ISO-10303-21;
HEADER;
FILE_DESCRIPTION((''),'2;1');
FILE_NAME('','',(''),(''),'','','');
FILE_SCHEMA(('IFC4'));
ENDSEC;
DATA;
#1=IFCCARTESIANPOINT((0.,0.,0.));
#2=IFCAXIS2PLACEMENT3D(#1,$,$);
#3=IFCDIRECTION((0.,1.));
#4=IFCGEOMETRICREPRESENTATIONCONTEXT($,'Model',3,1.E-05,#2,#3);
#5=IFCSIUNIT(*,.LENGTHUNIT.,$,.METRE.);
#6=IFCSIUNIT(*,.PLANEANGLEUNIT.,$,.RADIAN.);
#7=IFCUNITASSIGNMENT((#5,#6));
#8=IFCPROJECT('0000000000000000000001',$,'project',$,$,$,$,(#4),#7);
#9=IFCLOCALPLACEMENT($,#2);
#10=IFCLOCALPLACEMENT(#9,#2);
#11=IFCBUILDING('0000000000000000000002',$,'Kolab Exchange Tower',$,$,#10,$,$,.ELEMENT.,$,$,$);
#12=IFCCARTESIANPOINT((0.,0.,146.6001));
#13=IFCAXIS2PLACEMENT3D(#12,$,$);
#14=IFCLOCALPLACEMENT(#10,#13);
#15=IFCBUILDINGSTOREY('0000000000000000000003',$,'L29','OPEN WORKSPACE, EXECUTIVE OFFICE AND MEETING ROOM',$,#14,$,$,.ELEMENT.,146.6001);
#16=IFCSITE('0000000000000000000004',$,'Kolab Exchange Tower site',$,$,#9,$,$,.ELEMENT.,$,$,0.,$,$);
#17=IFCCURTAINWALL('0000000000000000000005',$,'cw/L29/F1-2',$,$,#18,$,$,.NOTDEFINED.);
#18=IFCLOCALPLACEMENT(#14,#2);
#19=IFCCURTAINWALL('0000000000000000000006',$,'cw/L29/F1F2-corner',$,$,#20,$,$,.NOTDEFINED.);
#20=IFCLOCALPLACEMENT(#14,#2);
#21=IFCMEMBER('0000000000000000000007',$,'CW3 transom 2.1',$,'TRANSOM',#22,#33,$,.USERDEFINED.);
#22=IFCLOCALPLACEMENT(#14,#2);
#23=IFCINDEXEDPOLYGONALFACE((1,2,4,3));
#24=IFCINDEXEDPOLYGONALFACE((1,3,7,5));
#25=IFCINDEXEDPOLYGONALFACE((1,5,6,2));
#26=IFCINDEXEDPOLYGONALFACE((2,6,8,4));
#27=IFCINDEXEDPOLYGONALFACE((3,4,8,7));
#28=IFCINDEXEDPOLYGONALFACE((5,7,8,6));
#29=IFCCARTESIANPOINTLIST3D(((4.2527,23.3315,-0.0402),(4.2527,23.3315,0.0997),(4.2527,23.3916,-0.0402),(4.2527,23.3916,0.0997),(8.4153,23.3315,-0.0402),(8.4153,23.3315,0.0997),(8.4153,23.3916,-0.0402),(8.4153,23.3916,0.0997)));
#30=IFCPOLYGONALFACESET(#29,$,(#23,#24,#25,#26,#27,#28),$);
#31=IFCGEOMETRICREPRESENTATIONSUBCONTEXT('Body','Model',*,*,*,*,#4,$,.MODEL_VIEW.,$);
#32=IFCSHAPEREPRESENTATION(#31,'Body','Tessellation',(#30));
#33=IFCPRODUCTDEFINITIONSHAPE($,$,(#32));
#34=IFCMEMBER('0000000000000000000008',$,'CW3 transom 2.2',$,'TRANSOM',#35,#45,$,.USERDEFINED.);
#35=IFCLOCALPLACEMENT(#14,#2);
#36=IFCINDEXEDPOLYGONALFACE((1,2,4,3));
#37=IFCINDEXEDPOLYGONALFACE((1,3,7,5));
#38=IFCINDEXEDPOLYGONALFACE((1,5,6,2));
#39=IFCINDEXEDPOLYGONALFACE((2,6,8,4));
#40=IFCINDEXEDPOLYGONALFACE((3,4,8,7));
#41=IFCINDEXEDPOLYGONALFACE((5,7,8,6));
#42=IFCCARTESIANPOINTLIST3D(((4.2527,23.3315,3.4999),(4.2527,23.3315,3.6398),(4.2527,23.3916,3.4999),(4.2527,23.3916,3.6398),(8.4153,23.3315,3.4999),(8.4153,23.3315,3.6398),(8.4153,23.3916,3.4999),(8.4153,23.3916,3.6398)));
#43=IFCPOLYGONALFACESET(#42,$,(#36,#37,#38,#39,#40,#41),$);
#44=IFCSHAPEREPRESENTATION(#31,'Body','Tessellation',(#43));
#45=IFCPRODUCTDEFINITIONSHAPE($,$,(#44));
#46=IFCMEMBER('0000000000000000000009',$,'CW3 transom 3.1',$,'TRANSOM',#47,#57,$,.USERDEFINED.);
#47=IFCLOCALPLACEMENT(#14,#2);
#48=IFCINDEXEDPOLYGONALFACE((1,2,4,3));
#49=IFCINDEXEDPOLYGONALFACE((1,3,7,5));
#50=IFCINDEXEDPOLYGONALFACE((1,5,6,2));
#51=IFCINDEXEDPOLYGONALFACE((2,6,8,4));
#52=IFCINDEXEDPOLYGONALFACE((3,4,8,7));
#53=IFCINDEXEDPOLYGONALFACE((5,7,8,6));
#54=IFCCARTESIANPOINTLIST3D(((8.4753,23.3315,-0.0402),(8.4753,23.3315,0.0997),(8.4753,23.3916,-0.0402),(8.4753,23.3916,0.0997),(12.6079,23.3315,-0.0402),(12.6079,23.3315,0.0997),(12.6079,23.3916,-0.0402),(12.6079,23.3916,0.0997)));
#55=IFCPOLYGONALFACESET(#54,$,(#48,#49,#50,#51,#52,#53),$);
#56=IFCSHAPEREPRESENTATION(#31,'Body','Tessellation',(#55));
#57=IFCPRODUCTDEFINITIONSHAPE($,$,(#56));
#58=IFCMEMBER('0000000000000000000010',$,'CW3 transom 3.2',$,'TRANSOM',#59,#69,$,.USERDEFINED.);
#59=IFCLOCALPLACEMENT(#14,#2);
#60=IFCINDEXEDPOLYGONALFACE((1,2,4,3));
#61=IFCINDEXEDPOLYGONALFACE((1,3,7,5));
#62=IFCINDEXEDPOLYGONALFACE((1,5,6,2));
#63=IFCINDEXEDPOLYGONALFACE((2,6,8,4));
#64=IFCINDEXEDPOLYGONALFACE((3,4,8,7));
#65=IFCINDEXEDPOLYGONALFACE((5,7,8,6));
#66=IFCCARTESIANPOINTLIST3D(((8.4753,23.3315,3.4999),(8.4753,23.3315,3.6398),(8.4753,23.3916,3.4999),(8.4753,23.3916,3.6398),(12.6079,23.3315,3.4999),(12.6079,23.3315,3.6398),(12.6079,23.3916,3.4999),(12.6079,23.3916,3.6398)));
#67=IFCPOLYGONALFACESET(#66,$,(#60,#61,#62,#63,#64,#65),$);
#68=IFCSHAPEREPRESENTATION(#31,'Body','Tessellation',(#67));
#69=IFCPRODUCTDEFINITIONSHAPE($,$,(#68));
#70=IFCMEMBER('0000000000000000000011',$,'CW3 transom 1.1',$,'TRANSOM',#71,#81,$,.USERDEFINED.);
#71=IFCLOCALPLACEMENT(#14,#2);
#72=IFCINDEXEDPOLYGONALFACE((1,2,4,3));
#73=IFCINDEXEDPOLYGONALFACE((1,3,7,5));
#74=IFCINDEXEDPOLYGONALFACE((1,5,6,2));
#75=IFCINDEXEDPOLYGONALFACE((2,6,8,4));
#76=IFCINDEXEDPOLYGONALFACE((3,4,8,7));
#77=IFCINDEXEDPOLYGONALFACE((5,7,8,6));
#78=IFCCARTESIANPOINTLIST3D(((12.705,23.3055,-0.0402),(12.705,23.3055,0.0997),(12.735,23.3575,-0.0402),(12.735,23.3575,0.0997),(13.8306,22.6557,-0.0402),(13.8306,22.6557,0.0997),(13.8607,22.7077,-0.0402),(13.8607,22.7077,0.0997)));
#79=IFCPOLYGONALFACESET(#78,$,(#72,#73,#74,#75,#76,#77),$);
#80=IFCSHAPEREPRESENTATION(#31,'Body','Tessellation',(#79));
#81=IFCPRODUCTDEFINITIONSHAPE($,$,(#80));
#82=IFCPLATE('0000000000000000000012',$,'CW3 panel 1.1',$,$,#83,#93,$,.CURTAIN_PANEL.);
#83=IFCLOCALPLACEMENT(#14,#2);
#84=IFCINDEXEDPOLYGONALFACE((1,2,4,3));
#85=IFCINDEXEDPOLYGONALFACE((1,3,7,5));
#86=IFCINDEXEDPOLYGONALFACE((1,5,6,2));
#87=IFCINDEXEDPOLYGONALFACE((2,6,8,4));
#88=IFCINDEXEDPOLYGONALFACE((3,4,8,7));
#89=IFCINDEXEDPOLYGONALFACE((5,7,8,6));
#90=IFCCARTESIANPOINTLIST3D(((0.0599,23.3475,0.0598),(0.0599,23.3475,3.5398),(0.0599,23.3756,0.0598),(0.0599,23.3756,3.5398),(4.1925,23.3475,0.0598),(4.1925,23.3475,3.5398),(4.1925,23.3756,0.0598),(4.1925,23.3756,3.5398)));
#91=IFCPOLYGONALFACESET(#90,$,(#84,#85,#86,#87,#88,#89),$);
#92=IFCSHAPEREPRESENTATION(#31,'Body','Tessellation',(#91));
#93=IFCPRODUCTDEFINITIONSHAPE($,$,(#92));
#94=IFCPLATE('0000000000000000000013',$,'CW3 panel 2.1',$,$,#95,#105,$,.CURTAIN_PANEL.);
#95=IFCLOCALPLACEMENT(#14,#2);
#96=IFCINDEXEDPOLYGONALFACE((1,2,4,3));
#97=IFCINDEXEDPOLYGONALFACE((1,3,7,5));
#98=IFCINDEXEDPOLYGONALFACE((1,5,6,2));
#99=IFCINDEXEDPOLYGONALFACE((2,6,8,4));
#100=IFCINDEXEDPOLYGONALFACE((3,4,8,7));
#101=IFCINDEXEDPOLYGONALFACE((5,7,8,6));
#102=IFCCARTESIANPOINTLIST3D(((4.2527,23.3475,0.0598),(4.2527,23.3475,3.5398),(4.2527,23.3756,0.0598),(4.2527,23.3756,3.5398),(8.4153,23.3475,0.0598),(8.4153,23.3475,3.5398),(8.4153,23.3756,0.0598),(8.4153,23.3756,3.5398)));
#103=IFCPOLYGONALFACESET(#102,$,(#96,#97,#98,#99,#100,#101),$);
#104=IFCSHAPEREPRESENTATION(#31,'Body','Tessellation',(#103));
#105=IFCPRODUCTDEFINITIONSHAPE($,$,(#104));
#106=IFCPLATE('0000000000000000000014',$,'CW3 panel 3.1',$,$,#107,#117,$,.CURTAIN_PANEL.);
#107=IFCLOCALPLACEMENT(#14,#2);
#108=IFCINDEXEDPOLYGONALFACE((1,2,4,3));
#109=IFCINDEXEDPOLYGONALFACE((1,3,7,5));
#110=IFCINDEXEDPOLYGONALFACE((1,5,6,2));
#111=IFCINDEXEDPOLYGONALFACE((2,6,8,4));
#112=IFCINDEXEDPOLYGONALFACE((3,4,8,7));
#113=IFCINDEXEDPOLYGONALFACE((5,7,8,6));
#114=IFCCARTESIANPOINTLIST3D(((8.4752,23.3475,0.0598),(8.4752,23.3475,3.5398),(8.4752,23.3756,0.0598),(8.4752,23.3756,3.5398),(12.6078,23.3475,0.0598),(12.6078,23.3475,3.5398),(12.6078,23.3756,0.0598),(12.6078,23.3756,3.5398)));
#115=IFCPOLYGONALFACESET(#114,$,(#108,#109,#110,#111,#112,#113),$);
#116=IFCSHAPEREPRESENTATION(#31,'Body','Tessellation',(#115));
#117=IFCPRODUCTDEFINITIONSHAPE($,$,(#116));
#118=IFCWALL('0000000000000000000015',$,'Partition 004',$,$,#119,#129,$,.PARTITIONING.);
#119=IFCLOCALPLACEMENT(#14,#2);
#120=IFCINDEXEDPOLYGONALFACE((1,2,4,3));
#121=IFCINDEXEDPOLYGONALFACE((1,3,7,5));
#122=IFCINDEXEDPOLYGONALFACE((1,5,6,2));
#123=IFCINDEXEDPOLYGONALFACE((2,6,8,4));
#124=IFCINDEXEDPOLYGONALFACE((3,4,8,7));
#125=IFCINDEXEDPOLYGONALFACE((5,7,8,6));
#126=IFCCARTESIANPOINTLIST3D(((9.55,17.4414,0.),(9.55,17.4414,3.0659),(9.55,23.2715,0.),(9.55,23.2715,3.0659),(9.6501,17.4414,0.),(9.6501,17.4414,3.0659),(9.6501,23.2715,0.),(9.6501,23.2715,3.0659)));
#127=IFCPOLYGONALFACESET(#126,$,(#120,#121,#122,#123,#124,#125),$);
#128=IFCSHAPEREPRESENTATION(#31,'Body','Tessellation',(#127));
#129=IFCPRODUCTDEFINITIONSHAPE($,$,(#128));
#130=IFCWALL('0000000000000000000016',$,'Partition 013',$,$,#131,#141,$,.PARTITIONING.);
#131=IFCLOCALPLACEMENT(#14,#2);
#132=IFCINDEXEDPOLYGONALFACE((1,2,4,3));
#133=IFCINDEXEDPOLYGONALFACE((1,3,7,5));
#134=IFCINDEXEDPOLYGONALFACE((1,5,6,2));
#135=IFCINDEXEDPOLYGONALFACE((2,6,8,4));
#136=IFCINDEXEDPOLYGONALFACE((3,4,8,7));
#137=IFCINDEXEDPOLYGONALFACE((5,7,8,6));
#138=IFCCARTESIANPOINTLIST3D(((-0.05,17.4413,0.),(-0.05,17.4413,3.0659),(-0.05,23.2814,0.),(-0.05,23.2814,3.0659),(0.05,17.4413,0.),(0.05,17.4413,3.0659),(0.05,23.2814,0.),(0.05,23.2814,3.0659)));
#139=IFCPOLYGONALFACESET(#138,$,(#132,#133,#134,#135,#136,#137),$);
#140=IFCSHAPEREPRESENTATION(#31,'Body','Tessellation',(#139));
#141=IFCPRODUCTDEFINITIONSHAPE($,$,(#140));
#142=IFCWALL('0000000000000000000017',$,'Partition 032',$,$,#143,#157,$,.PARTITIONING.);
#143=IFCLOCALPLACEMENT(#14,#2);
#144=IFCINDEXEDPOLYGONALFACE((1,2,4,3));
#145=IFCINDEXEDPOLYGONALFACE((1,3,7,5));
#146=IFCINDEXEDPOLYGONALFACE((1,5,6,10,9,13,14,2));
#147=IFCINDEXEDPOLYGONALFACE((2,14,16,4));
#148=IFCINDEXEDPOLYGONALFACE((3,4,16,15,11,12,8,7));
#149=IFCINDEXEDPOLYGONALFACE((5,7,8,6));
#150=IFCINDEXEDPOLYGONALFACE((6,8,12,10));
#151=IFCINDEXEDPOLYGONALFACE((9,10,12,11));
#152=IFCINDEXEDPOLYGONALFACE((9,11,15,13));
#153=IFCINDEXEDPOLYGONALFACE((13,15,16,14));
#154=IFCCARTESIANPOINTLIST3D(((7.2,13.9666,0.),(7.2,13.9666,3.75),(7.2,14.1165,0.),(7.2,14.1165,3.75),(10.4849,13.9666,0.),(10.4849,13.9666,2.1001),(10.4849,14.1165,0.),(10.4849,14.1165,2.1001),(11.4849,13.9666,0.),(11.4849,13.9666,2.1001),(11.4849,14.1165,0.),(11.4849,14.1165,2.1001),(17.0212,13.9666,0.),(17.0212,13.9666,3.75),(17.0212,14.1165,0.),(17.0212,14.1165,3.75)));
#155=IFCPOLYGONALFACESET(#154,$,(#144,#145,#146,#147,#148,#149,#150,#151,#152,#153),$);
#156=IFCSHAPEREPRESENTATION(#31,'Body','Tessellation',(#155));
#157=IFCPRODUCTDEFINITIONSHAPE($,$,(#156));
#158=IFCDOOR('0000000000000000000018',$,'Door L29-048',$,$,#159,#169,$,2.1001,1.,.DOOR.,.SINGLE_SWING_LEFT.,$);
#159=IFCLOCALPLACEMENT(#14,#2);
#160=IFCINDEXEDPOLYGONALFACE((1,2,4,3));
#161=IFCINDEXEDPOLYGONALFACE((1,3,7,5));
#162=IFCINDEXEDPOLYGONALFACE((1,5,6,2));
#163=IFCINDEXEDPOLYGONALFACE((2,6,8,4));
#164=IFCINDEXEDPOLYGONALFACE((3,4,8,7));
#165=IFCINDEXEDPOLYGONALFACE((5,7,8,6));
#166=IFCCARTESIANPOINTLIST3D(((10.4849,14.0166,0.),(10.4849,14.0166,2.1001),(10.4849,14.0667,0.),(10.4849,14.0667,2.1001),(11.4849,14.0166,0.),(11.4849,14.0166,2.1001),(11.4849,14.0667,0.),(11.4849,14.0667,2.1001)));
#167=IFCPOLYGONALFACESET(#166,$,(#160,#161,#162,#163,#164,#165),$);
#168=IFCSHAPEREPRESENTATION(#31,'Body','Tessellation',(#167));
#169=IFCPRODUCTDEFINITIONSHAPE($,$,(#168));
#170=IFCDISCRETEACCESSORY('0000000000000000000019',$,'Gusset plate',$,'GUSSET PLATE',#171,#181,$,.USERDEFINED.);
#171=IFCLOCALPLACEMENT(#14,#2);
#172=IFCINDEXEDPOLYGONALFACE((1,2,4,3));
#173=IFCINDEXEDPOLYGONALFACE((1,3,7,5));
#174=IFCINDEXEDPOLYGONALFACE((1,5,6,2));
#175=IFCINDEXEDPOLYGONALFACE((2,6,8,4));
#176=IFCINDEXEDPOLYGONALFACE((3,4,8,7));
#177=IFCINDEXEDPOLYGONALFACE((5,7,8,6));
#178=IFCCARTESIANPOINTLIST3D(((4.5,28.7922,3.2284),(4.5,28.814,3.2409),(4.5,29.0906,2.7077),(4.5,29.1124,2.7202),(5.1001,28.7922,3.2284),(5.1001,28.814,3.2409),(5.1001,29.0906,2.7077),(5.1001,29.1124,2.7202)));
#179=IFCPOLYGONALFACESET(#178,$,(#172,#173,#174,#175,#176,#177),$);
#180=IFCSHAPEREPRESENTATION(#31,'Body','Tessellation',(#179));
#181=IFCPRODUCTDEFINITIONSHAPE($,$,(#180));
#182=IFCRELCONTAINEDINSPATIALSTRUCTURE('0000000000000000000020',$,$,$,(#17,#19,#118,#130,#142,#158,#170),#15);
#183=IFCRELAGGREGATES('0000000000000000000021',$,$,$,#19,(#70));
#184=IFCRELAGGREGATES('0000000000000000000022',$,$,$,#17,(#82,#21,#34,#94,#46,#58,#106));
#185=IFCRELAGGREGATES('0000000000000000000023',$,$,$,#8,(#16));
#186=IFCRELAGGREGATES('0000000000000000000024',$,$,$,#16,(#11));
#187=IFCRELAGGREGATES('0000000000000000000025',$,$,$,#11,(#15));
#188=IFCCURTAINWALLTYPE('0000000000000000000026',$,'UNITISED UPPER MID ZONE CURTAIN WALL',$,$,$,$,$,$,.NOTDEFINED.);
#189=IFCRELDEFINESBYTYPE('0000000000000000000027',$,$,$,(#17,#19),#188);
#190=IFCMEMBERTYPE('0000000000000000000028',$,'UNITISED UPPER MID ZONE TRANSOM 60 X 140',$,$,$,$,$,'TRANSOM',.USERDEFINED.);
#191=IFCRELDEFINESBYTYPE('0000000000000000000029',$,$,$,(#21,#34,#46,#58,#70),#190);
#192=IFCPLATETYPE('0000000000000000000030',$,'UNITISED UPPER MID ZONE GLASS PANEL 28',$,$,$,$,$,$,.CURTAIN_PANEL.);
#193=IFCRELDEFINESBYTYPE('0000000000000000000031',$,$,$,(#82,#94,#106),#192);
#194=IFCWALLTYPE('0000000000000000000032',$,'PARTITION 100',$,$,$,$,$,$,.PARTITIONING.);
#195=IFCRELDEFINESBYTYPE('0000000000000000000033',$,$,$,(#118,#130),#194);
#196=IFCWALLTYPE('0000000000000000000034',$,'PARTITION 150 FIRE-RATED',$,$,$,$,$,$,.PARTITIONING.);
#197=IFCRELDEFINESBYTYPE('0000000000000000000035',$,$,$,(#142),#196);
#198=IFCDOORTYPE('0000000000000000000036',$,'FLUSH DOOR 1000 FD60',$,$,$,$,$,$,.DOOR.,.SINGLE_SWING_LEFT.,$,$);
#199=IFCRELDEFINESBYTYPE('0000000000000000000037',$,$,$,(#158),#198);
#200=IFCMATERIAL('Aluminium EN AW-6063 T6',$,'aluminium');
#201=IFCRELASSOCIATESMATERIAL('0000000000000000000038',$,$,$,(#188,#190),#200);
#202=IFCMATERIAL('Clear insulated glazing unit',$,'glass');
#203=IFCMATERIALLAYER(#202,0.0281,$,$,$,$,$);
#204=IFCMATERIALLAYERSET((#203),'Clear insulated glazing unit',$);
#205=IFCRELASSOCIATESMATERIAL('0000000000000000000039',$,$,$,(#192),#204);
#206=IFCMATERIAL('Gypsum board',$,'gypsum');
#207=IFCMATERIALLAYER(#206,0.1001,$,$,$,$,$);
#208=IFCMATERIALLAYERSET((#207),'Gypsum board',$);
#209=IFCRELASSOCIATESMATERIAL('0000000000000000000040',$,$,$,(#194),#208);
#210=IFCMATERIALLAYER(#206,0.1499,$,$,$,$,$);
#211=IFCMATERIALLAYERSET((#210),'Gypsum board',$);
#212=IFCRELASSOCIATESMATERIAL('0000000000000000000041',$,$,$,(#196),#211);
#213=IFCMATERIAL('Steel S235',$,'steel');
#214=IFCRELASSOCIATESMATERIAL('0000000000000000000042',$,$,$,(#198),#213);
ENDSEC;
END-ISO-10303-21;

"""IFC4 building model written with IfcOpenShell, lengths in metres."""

from ifc_helpers import new_model, si_unit, direction, frame, frame_2d, origin, origin_2d, place, context, subcontext, project, spatial, rectangle, extrude, material, layer, layer_set, material_profile, profile_set, type_object, element, fill, aggregate, save


model = new_model("IFC4")

# Units and contexts
model_context = context("Model", 3, precision=1e-05, world=origin(), true_north=direction((0.0, 1.0)))
body_context = subcontext(model_context, "Body", "Model", "MODEL_VIEW")
ifc_project = project(units=[si_unit("LENGTHUNIT", "METRE"), si_unit("PLANEANGLEUNIT", "RADIAN")], contexts=[model_context])

# Site, building, storey
site_placement = place(None, origin())
site = spatial("IfcSite", under=ifc_project, at=site_placement, Name="Kolab Exchange Tower site", CompositionType="ELEMENT", RefElevation=0.0)
building_placement = place(site_placement, origin())
building = spatial("IfcBuilding", under=site, at=building_placement, Name="Kolab Exchange Tower", CompositionType="ELEMENT")
storey_placement = place(building_placement, frame((0.0, 0.0, 146.6001)))
storey = spatial("IfcBuildingStorey", under=building, at=storey_placement, Name="L29", Description="OPEN WORKSPACE, EXECUTIVE OFFICE AND MEETING ROOM", CompositionType="ELEMENT", Elevation=146.6001)

# Curtain wall
ifc_material_1 = material(Name="Aluminium EN AW-6063 T6", Category="aluminium")
curtain_wall_type = type_object("IfcCurtainWallType", Name="UNITISED UPPER MID ZONE CURTAIN WALL", PredefinedType="NOTDEFINED", material=ifc_material_1)
curtain_wall_1_placement = place(storey_placement, origin())
curtain_wall_1 = element("IfcCurtainWall", 1, at=curtain_wall_1_placement, inside=storey, type_object=curtain_wall_type, Name="cw/L29/F1-2", PredefinedType="NOTDEFINED")

# Curtain wall
curtain_wall_2_placement = place(storey_placement, origin())
curtain_wall_2 = element("IfcCurtainWall", 2, at=curtain_wall_2_placement, inside=storey, type_object=curtain_wall_type, Name="cw/L29/F1F2-corner", PredefinedType="NOTDEFINED")

# Members
ifc_material_profile_1 = material_profile(ifc_material_1, rectangle(XDim=0.0601, YDim=0.1399, at=origin_2d()), Name="RECT 60X140")
ifc_profile_set_1 = profile_set([ifc_material_profile_1], Name="Aluminium EN AW-6063 T6")
member_type_1 = type_object("IfcMemberType", Name="UNITISED UPPER MID ZONE TRANSOM 60 X 140", ElementType="TRANSOM", PredefinedType="USERDEFINED", material=ifc_profile_set_1)
member_1_placement = place(storey_placement, frame((4.2527, 23.3616, 0.0298), z_axis=(1.0, 0.0, 0.0), x_axis=(0.0, 1.0, 0.0)))
member_1 = element("IfcMember", 3, at=member_1_placement, type_object=member_type_1, Name="CW3 transom 2.1", ObjectType="TRANSOM", PredefinedType="USERDEFINED", context=body_context, shape_type="SweptSolid", body=[
    extrude(rectangle(XDim=0.0601, YDim=0.1399, at=origin_2d()), origin(), (0.0, 0.0, 1.0), 4.1626),
])
member_2_placement = place(storey_placement, frame((4.2527, 23.3616, 3.5698), z_axis=(1.0, 0.0, 0.0), x_axis=(0.0, 1.0, 0.0)))
member_2 = element("IfcMember", 4, at=member_2_placement, type_object=member_type_1, Name="CW3 transom 2.2", ObjectType="TRANSOM", PredefinedType="USERDEFINED", context=body_context, shape_type="SweptSolid", body=[
    extrude(rectangle(XDim=0.0601, YDim=0.1399, at=origin_2d()), origin(), (0.0, 0.0, 1.0), 4.1626),
])
member_3_placement = place(storey_placement, frame((8.4753, 23.3616, 0.0298), z_axis=(1.0, 0.0, 0.0), x_axis=(0.0, 1.0, 0.0)))
member_3 = element("IfcMember", 5, at=member_3_placement, type_object=member_type_1, Name="CW3 transom 3.1", ObjectType="TRANSOM", PredefinedType="USERDEFINED", context=body_context, shape_type="SweptSolid", body=[
    extrude(rectangle(XDim=0.0601, YDim=0.1399, at=origin_2d()), origin(), (0.0, 0.0, 1.0), 4.1326),
])
member_4_placement = place(storey_placement, frame((8.4753, 23.3616, 3.5698), z_axis=(1.0, 0.0, 0.0), x_axis=(0.0, 1.0, 0.0)))
member_4 = element("IfcMember", 6, at=member_4_placement, type_object=member_type_1, Name="CW3 transom 3.2", ObjectType="TRANSOM", PredefinedType="USERDEFINED", context=body_context, shape_type="SweptSolid", body=[
    extrude(rectangle(XDim=0.0601, YDim=0.1399, at=origin_2d()), origin(), (0.0, 0.0, 1.0), 4.1326),
])
member_5_placement = place(storey_placement, frame((12.72, 23.3315, 0.0298), z_axis=(0.866039, -0.499977, 0.0), x_axis=(0.499977, 0.866039, 0.0)))
member_5 = element("IfcMember", 7, at=member_5_placement, type_object=member_type_1, Name="CW3 transom 1.1", ObjectType="TRANSOM", PredefinedType="USERDEFINED", context=body_context, shape_type="SweptSolid", body=[
    extrude(rectangle(XDim=0.0601, YDim=0.1399, at=origin_2d()), origin(), (0.0, 0.0, 1.0), 1.2998),
])
aggregate(curtain_wall_2, [member_5])

# Plates
ifc_material_2 = material(Name="Clear insulated glazing unit", Category="glass")
ifc_layer_1 = layer(ifc_material_2, 0.0281)
ifc_layer_set_1 = layer_set([ifc_layer_1], Name="Clear insulated glazing unit")
plate_type = type_object("IfcPlateType", Name="UNITISED UPPER MID ZONE GLASS PANEL 28", PredefinedType="CURTAIN_PANEL", material=ifc_layer_set_1)
plate_1_placement = place(storey_placement, frame((2.1262, 23.3616, 0.0598), z_axis=(0.0, 0.0, 1.0), x_axis=(1.0, 0.0, 0.0)))
plate_1 = element("IfcPlate", 8, at=plate_1_placement, type_object=plate_type, Name="CW3 panel 1.1", PredefinedType="CURTAIN_PANEL", context=body_context, shape_type="SweptSolid", body=[
    extrude(rectangle(XDim=4.1326, YDim=0.0281, at=origin_2d()), origin(), (0.0, 0.0, 1.0), 3.48),
])
plate_2_placement = place(storey_placement, frame((6.334, 23.3616, 0.0598), z_axis=(0.0, 0.0, 1.0), x_axis=(1.0, 0.0, 0.0)))
plate_2 = element("IfcPlate", 9, at=plate_2_placement, type_object=plate_type, Name="CW3 panel 2.1", PredefinedType="CURTAIN_PANEL", context=body_context, shape_type="SweptSolid", body=[
    extrude(rectangle(XDim=4.1626, YDim=0.0281, at=origin_2d()), origin(), (0.0, 0.0, 1.0), 3.48),
])
plate_3_placement = place(storey_placement, frame((10.5415, 23.3616, 0.0598), z_axis=(0.0, 0.0, 1.0), x_axis=(1.0, 0.0, 0.0)))
plate_3 = element("IfcPlate", 10, at=plate_3_placement, type_object=plate_type, Name="CW3 panel 3.1", PredefinedType="CURTAIN_PANEL", context=body_context, shape_type="SweptSolid", body=[
    extrude(rectangle(XDim=4.1326, YDim=0.0281, at=origin_2d()), origin(), (0.0, 0.0, 1.0), 3.48),
])
aggregate(curtain_wall_1, [plate_1, member_1, member_2, plate_2, member_3, member_4, plate_3])

# Walls
ifc_material_3 = material(Name="Gypsum board", Category="gypsum")
ifc_layer_2 = layer(ifc_material_3, 0.1001)
ifc_layer_set_2 = layer_set([ifc_layer_2], Name="Gypsum board")
wall_type_1 = type_object("IfcWallType", Name="PARTITION 100", PredefinedType="PARTITIONING", material=ifc_layer_set_2)
wall_1_placement = place(storey_placement, frame((9.6001, 17.4414, 0.0), z_axis=(0.0, 0.0, 1.0), x_axis=(0.0, 1.0, 0.0)))
element("IfcWall", 11, at=wall_1_placement, inside=storey, type_object=wall_type_1, Name="Partition 004", PredefinedType="PARTITIONING", context=body_context, shape_type="SweptSolid", body=[
    extrude(rectangle(XDim=5.8301, YDim=0.1001, at=frame_2d((2.915, 0.0))), origin(), (0.0, 0.0, 1.0), 3.0659),
])
wall_2_placement = place(storey_placement, frame((0.0, 17.4414, 0.0), z_axis=(0.0, 0.0, 1.0), x_axis=(0.0, 1.0, 0.0)))
element("IfcWall", 12, at=wall_2_placement, inside=storey, type_object=wall_type_1, Name="Partition 013", PredefinedType="PARTITIONING", context=body_context, shape_type="SweptSolid", body=[
    extrude(rectangle(XDim=5.8401, YDim=0.1001, at=frame_2d((2.9199, 0.0))), origin(), (0.0, 0.0, 1.0), 3.0659),
])

# Wall, opening, door
ifc_layer_3 = layer(ifc_material_3, 0.1499)
ifc_layer_set_3 = layer_set([ifc_layer_3], Name="Gypsum board")
wall_type_2 = type_object("IfcWallType", Name="PARTITION 150 FIRE-RATED", PredefinedType="PARTITIONING", material=ifc_layer_set_3)
wall_3_placement = place(storey_placement, frame((7.2, 14.0415, 0.0), z_axis=(0.0, 0.0, 1.0), x_axis=(1.0, 0.0, 0.0)))
wall_3 = element("IfcWall", 13, at=wall_3_placement, inside=storey, type_object=wall_type_2, Name="Partition 032", PredefinedType="PARTITIONING", context=body_context, shape_type="SweptSolid", body=[
    extrude(rectangle(XDim=9.8213, YDim=0.1499, at=frame_2d((4.9106, 0.0))), origin(), (0.0, 0.0, 1.0), 3.75),
])
opening_placement = place(wall_3_placement, frame((3.2849, 0.0, 0.0)))
opening = element("IfcOpeningElement", 14, at=opening_placement, cuts=wall_3, PredefinedType="OPENING", context=body_context, shape_type="SweptSolid", body=[
    extrude(rectangle(XDim=1.0, YDim=2.1001, at=frame_2d((0.5, 1.05))), frame((0.0, 0.085, 0.0), z_axis=(0.0, -1.0, 0.0), x_axis=(1.0, 0.0, 0.0)), (0.0, 0.0, 1.0), 0.1699),
])
ifc_material_4 = material(Name="Steel S235", Category="steel")
door_type = type_object("IfcDoorType", Name="FLUSH DOOR 1000 FD60", OperationType="SINGLE_SWING_LEFT", PredefinedType="DOOR", material=ifc_material_4)
door_placement = place(opening_placement, frame((1.0, 0.0, 0.0), z_axis=(0.0, 0.0, 1.0), x_axis=(-1.0, 0.0, 0.0)))
door = element("IfcDoor", 15, at=door_placement, inside=storey, type_object=door_type, Name="Door L29-048", OperationType="SINGLE_SWING_LEFT", OverallHeight=2.1001, OverallWidth=1.0, PredefinedType="DOOR", context=body_context, shape_type="SweptSolid", body=[
    extrude(rectangle(XDim=1.0, YDim=2.1001, at=frame_2d((0.5, 1.05))), frame((0.0, 0.0249, 0.0), z_axis=(0.0, -1.0, 0.0), x_axis=(1.0, 0.0, 0.0)), (0.0, 0.0, 1.0), 0.05),
])
fill(opening, door)

# Discrete accessory
discrete_accessory_placement = place(storey_placement, frame((4.8, 28.9414, 2.968), z_axis=(0.0, 0.867643, 0.497188), x_axis=(-1.0, 0.0, 0.0)))
element("IfcDiscreteAccessory", 16, at=discrete_accessory_placement, inside=storey, Name="Gusset plate", ObjectType="GUSSET PLATE", PredefinedType="USERDEFINED", context=body_context, shape_type="SweptSolid", body=[
    extrude(rectangle(XDim=0.6001, YDim=0.6001, at=origin_2d()), origin(), (0.0, 0.0, 1.0), 0.0251),
])

save(model, "model.ifc")
